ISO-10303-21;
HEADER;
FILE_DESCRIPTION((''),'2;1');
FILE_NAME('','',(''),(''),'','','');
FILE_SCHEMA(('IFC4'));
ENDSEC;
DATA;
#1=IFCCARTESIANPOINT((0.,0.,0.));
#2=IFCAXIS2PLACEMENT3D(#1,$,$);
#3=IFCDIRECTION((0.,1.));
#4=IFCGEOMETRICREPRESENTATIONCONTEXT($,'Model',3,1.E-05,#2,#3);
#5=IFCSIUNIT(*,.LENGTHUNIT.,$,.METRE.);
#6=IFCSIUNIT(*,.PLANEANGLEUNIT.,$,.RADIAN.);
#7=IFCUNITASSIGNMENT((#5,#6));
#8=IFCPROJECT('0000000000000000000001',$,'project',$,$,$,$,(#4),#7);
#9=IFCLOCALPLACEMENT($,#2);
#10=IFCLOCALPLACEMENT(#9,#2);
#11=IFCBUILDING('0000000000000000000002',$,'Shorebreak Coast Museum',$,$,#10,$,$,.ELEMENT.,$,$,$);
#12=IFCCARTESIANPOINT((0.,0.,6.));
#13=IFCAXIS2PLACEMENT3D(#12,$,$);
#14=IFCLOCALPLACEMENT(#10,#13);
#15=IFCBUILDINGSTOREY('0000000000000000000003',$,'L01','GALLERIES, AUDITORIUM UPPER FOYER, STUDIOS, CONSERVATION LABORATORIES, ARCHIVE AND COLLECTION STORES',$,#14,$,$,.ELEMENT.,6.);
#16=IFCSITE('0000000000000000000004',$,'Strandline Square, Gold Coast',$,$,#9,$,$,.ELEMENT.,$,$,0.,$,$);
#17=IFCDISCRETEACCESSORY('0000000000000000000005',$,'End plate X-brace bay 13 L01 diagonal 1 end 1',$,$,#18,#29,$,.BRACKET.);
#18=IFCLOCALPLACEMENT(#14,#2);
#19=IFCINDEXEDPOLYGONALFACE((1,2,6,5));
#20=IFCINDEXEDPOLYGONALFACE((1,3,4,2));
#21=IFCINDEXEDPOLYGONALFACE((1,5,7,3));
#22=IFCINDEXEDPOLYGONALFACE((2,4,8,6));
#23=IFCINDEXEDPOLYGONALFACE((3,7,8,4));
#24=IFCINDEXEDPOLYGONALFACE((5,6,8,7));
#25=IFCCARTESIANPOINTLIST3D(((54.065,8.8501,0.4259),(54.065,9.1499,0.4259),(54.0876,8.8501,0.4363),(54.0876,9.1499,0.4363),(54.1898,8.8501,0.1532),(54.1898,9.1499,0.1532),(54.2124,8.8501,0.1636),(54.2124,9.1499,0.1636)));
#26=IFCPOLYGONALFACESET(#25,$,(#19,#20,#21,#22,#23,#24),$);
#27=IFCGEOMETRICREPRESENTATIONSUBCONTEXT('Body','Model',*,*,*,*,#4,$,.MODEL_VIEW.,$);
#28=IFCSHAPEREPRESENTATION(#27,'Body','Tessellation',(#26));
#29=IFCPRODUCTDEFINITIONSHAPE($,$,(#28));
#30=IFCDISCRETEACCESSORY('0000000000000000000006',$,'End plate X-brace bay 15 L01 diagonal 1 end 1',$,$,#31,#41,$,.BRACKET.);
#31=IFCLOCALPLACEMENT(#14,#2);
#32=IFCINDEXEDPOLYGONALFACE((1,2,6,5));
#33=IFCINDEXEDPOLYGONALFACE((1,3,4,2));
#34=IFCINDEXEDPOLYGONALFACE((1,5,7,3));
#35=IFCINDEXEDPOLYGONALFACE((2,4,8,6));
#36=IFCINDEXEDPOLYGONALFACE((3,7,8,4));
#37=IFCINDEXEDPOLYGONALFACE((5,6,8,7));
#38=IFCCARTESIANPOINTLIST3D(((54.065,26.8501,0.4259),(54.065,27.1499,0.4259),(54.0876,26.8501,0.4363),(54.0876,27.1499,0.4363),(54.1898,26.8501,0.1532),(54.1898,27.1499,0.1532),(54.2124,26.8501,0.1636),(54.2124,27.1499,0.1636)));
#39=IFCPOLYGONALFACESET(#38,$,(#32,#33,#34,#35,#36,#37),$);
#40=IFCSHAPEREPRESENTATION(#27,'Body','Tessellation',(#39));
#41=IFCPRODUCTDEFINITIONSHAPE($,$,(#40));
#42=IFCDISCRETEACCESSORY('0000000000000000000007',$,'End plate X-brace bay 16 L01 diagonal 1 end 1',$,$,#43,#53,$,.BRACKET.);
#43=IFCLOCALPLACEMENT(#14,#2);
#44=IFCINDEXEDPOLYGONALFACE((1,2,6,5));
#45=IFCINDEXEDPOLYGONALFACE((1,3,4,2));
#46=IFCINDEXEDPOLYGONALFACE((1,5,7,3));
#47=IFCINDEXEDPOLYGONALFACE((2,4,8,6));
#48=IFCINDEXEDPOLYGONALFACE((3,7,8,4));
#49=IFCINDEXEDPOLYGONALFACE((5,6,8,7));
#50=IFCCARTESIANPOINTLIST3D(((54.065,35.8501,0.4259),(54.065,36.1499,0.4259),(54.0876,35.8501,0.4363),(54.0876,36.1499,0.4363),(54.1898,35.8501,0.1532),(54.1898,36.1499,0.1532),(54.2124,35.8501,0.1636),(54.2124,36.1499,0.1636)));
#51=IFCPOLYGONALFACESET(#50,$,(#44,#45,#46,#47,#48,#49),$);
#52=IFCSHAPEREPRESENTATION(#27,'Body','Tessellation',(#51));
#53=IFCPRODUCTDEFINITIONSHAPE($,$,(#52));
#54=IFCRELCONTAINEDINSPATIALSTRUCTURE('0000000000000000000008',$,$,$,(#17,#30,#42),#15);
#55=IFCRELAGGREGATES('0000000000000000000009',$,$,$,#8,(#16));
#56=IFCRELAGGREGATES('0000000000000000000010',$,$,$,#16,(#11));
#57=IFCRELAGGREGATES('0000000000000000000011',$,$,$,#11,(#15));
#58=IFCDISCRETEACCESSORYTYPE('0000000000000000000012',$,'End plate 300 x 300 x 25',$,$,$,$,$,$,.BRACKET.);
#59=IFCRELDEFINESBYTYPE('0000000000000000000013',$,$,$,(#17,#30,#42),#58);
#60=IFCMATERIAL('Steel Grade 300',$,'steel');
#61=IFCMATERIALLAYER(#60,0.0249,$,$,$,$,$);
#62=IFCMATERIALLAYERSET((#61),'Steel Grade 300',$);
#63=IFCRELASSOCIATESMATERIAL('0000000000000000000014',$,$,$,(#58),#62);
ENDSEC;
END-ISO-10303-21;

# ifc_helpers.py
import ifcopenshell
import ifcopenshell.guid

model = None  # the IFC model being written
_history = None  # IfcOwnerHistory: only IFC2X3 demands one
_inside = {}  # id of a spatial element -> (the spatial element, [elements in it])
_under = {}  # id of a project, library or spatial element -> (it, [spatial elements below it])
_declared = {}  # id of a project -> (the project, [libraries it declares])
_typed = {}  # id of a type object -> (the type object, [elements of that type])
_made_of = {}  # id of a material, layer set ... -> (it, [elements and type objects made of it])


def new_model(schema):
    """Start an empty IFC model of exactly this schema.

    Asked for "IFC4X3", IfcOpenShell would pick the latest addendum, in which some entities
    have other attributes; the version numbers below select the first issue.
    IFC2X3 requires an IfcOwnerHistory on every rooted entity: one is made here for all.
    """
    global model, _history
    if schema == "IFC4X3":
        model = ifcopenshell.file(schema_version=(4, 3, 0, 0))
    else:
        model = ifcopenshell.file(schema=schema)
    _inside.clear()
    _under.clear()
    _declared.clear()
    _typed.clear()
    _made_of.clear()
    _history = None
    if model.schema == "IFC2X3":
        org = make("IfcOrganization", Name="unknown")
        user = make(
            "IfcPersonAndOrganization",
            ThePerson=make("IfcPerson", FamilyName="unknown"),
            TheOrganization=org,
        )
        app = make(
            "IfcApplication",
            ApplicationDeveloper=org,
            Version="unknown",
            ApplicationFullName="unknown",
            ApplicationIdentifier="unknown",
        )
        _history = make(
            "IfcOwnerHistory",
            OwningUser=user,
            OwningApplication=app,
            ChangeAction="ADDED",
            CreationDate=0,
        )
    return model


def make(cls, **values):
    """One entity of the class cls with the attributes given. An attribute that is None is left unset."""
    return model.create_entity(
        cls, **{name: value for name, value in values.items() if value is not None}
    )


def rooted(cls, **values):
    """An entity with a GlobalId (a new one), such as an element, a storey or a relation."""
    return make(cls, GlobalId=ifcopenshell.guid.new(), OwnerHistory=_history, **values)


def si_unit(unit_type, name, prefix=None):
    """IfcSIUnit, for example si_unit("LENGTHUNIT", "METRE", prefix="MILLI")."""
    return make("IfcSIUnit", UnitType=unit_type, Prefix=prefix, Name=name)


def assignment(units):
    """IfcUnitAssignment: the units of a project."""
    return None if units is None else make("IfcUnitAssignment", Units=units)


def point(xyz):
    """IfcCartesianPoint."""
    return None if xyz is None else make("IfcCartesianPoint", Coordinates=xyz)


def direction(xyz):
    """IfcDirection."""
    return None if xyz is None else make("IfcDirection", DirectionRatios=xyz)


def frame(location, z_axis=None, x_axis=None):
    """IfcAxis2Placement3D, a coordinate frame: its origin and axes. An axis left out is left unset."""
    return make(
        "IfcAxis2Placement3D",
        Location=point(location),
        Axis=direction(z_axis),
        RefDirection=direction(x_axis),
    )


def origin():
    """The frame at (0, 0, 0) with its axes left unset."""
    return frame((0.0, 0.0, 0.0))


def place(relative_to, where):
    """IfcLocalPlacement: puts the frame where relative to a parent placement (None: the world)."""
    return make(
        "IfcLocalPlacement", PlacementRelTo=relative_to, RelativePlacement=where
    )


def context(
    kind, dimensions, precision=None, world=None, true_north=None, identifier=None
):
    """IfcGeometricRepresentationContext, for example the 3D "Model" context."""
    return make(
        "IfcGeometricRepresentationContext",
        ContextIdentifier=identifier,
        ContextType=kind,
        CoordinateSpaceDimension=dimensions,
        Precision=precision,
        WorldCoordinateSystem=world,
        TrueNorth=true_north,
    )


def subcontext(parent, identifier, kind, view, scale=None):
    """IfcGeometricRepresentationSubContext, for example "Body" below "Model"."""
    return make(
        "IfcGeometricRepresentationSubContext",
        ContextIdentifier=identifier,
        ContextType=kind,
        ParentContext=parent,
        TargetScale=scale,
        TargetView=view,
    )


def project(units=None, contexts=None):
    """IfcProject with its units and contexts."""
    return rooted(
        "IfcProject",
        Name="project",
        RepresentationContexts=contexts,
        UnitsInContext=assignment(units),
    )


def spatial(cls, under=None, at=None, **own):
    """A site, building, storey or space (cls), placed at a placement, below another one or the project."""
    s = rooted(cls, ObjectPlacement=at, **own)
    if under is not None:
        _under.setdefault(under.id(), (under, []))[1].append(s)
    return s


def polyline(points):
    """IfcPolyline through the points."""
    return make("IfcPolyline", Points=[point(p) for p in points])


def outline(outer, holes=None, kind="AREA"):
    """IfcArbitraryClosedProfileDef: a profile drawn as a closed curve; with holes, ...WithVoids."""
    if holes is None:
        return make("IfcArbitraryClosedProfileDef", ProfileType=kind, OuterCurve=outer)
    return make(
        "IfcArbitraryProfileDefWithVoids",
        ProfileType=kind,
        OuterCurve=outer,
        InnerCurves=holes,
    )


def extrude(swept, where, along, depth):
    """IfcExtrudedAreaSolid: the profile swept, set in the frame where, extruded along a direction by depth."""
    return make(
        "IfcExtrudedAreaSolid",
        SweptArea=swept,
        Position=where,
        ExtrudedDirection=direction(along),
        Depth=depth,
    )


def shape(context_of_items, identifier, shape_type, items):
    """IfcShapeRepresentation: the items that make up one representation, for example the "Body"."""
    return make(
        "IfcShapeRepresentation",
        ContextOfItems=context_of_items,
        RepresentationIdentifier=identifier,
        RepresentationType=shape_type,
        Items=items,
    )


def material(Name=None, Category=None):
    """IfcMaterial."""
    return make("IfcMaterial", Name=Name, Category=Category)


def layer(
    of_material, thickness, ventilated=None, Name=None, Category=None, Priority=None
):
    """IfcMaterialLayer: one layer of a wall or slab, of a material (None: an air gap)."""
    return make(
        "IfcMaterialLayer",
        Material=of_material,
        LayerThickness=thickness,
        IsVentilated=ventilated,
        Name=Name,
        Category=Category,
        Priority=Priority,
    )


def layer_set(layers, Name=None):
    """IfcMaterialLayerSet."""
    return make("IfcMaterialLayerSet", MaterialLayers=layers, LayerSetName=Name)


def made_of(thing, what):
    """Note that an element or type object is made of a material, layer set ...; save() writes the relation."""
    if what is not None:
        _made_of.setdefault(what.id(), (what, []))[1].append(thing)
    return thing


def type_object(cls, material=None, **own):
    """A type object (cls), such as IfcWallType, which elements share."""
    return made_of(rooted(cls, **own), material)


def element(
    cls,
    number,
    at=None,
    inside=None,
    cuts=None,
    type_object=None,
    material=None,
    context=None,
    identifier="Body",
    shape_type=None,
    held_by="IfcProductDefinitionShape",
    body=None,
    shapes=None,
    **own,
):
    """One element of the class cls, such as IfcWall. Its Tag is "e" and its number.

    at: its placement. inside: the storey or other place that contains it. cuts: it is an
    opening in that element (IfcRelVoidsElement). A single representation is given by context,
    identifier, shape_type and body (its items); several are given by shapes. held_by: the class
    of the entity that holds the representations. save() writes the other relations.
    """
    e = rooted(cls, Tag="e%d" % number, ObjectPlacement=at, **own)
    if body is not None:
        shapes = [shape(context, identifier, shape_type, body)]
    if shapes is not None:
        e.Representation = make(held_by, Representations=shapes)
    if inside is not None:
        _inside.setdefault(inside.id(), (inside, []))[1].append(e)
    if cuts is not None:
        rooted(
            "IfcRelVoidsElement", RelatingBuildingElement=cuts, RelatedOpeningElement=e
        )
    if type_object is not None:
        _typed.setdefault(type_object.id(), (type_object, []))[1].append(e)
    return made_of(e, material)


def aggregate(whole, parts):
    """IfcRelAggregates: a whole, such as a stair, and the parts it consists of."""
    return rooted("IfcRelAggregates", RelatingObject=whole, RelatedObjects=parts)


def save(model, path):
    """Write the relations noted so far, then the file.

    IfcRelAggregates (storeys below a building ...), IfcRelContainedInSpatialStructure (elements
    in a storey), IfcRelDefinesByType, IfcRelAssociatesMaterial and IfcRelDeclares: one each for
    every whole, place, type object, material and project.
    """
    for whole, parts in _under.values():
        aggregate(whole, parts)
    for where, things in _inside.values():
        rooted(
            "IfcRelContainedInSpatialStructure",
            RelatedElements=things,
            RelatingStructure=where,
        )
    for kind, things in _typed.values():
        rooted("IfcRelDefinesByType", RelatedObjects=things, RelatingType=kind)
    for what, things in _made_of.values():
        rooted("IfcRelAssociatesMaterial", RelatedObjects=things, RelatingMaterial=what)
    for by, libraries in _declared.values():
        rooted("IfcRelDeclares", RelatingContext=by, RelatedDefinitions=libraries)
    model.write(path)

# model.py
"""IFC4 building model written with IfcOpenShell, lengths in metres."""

from ifc_helpers import new_model, si_unit, direction, frame, origin, place, context, subcontext, project, spatial, polyline, outline, extrude, material, layer, layer_set, type_object, element, save


model = new_model("IFC4")

# Units and contexts
model_context = context("Model", 3, precision=1e-05, world=origin(), true_north=direction((0.0, 1.0)))
body_context = subcontext(model_context, "Body", "Model", "MODEL_VIEW")
ifc_project = project(units=[si_unit("LENGTHUNIT", "METRE"), si_unit("PLANEANGLEUNIT", "RADIAN")], contexts=[model_context])

# Site, building, storey
site_placement = place(None, origin())
site = spatial("IfcSite", under=ifc_project, at=site_placement, Name="Strandline Square, Gold Coast", CompositionType="ELEMENT", RefElevation=0.0)
building_placement = place(site_placement, origin())
building = spatial("IfcBuilding", under=site, at=building_placement, Name="Shorebreak Coast Museum", CompositionType="ELEMENT")
storey_placement = place(building_placement, frame((0.0, 0.0, 6.0)))
storey = spatial("IfcBuildingStorey", under=building, at=storey_placement, Name="L01", Description="GALLERIES, AUDITORIUM UPPER FOYER, STUDIOS, CONSERVATION LABORATORIES, ARCHIVE AND COLLECTION STORES", CompositionType="ELEMENT", Elevation=6.0)

# Discrete accessories
ifc_material_1 = material(Name="Steel Grade 300", Category="steel")
ifc_layer_1 = layer(ifc_material_1, 0.0249)
ifc_layer_set_1 = layer_set([ifc_layer_1], Name="Steel Grade 300")
discrete_accessory_type = type_object("IfcDiscreteAccessoryType", Name="End plate 300 x 300 x 25", PredefinedType="BRACKET", material=ifc_layer_set_1)
for number, where, z_axis, x_axis, name in (
    (1, (54.2124, 8.8501, 0.1636), (0.90936, 0.0, 0.41601), (0.0, 1.0, 0.0), "End plate X-brace bay 13 L01 diagonal 1 end 1"),
    (2, (54.2124, 26.8501, 0.1636), (0.90936, 0.0, 0.41601), (0.0, 1.0, 0.0), "End plate X-brace bay 15 L01 diagonal 1 end 1"),
    (3, (54.2124, 35.8501, 0.1636), (0.90936, 0.0, 0.41601), (0.0, 1.0, 0.0), "End plate X-brace bay 16 L01 diagonal 1 end 1"),
):
    element("IfcDiscreteAccessory", number, at=place(storey_placement, frame(where, z_axis=z_axis, x_axis=x_axis)), inside=storey, type_object=discrete_accessory_type, Name=name, PredefinedType="BRACKET", context=body_context, shape_type="SweptSolid", body=[
        extrude(outline(polyline([(0.0, 0.0), (0.2998, 0.0), (0.2998, 0.2999), (0.0, 0.2999), (0.0, 0.0)])), origin(), (0.0, 0.0, -1.0), 0.0249),
    ])

save(model, "model.ifc")
